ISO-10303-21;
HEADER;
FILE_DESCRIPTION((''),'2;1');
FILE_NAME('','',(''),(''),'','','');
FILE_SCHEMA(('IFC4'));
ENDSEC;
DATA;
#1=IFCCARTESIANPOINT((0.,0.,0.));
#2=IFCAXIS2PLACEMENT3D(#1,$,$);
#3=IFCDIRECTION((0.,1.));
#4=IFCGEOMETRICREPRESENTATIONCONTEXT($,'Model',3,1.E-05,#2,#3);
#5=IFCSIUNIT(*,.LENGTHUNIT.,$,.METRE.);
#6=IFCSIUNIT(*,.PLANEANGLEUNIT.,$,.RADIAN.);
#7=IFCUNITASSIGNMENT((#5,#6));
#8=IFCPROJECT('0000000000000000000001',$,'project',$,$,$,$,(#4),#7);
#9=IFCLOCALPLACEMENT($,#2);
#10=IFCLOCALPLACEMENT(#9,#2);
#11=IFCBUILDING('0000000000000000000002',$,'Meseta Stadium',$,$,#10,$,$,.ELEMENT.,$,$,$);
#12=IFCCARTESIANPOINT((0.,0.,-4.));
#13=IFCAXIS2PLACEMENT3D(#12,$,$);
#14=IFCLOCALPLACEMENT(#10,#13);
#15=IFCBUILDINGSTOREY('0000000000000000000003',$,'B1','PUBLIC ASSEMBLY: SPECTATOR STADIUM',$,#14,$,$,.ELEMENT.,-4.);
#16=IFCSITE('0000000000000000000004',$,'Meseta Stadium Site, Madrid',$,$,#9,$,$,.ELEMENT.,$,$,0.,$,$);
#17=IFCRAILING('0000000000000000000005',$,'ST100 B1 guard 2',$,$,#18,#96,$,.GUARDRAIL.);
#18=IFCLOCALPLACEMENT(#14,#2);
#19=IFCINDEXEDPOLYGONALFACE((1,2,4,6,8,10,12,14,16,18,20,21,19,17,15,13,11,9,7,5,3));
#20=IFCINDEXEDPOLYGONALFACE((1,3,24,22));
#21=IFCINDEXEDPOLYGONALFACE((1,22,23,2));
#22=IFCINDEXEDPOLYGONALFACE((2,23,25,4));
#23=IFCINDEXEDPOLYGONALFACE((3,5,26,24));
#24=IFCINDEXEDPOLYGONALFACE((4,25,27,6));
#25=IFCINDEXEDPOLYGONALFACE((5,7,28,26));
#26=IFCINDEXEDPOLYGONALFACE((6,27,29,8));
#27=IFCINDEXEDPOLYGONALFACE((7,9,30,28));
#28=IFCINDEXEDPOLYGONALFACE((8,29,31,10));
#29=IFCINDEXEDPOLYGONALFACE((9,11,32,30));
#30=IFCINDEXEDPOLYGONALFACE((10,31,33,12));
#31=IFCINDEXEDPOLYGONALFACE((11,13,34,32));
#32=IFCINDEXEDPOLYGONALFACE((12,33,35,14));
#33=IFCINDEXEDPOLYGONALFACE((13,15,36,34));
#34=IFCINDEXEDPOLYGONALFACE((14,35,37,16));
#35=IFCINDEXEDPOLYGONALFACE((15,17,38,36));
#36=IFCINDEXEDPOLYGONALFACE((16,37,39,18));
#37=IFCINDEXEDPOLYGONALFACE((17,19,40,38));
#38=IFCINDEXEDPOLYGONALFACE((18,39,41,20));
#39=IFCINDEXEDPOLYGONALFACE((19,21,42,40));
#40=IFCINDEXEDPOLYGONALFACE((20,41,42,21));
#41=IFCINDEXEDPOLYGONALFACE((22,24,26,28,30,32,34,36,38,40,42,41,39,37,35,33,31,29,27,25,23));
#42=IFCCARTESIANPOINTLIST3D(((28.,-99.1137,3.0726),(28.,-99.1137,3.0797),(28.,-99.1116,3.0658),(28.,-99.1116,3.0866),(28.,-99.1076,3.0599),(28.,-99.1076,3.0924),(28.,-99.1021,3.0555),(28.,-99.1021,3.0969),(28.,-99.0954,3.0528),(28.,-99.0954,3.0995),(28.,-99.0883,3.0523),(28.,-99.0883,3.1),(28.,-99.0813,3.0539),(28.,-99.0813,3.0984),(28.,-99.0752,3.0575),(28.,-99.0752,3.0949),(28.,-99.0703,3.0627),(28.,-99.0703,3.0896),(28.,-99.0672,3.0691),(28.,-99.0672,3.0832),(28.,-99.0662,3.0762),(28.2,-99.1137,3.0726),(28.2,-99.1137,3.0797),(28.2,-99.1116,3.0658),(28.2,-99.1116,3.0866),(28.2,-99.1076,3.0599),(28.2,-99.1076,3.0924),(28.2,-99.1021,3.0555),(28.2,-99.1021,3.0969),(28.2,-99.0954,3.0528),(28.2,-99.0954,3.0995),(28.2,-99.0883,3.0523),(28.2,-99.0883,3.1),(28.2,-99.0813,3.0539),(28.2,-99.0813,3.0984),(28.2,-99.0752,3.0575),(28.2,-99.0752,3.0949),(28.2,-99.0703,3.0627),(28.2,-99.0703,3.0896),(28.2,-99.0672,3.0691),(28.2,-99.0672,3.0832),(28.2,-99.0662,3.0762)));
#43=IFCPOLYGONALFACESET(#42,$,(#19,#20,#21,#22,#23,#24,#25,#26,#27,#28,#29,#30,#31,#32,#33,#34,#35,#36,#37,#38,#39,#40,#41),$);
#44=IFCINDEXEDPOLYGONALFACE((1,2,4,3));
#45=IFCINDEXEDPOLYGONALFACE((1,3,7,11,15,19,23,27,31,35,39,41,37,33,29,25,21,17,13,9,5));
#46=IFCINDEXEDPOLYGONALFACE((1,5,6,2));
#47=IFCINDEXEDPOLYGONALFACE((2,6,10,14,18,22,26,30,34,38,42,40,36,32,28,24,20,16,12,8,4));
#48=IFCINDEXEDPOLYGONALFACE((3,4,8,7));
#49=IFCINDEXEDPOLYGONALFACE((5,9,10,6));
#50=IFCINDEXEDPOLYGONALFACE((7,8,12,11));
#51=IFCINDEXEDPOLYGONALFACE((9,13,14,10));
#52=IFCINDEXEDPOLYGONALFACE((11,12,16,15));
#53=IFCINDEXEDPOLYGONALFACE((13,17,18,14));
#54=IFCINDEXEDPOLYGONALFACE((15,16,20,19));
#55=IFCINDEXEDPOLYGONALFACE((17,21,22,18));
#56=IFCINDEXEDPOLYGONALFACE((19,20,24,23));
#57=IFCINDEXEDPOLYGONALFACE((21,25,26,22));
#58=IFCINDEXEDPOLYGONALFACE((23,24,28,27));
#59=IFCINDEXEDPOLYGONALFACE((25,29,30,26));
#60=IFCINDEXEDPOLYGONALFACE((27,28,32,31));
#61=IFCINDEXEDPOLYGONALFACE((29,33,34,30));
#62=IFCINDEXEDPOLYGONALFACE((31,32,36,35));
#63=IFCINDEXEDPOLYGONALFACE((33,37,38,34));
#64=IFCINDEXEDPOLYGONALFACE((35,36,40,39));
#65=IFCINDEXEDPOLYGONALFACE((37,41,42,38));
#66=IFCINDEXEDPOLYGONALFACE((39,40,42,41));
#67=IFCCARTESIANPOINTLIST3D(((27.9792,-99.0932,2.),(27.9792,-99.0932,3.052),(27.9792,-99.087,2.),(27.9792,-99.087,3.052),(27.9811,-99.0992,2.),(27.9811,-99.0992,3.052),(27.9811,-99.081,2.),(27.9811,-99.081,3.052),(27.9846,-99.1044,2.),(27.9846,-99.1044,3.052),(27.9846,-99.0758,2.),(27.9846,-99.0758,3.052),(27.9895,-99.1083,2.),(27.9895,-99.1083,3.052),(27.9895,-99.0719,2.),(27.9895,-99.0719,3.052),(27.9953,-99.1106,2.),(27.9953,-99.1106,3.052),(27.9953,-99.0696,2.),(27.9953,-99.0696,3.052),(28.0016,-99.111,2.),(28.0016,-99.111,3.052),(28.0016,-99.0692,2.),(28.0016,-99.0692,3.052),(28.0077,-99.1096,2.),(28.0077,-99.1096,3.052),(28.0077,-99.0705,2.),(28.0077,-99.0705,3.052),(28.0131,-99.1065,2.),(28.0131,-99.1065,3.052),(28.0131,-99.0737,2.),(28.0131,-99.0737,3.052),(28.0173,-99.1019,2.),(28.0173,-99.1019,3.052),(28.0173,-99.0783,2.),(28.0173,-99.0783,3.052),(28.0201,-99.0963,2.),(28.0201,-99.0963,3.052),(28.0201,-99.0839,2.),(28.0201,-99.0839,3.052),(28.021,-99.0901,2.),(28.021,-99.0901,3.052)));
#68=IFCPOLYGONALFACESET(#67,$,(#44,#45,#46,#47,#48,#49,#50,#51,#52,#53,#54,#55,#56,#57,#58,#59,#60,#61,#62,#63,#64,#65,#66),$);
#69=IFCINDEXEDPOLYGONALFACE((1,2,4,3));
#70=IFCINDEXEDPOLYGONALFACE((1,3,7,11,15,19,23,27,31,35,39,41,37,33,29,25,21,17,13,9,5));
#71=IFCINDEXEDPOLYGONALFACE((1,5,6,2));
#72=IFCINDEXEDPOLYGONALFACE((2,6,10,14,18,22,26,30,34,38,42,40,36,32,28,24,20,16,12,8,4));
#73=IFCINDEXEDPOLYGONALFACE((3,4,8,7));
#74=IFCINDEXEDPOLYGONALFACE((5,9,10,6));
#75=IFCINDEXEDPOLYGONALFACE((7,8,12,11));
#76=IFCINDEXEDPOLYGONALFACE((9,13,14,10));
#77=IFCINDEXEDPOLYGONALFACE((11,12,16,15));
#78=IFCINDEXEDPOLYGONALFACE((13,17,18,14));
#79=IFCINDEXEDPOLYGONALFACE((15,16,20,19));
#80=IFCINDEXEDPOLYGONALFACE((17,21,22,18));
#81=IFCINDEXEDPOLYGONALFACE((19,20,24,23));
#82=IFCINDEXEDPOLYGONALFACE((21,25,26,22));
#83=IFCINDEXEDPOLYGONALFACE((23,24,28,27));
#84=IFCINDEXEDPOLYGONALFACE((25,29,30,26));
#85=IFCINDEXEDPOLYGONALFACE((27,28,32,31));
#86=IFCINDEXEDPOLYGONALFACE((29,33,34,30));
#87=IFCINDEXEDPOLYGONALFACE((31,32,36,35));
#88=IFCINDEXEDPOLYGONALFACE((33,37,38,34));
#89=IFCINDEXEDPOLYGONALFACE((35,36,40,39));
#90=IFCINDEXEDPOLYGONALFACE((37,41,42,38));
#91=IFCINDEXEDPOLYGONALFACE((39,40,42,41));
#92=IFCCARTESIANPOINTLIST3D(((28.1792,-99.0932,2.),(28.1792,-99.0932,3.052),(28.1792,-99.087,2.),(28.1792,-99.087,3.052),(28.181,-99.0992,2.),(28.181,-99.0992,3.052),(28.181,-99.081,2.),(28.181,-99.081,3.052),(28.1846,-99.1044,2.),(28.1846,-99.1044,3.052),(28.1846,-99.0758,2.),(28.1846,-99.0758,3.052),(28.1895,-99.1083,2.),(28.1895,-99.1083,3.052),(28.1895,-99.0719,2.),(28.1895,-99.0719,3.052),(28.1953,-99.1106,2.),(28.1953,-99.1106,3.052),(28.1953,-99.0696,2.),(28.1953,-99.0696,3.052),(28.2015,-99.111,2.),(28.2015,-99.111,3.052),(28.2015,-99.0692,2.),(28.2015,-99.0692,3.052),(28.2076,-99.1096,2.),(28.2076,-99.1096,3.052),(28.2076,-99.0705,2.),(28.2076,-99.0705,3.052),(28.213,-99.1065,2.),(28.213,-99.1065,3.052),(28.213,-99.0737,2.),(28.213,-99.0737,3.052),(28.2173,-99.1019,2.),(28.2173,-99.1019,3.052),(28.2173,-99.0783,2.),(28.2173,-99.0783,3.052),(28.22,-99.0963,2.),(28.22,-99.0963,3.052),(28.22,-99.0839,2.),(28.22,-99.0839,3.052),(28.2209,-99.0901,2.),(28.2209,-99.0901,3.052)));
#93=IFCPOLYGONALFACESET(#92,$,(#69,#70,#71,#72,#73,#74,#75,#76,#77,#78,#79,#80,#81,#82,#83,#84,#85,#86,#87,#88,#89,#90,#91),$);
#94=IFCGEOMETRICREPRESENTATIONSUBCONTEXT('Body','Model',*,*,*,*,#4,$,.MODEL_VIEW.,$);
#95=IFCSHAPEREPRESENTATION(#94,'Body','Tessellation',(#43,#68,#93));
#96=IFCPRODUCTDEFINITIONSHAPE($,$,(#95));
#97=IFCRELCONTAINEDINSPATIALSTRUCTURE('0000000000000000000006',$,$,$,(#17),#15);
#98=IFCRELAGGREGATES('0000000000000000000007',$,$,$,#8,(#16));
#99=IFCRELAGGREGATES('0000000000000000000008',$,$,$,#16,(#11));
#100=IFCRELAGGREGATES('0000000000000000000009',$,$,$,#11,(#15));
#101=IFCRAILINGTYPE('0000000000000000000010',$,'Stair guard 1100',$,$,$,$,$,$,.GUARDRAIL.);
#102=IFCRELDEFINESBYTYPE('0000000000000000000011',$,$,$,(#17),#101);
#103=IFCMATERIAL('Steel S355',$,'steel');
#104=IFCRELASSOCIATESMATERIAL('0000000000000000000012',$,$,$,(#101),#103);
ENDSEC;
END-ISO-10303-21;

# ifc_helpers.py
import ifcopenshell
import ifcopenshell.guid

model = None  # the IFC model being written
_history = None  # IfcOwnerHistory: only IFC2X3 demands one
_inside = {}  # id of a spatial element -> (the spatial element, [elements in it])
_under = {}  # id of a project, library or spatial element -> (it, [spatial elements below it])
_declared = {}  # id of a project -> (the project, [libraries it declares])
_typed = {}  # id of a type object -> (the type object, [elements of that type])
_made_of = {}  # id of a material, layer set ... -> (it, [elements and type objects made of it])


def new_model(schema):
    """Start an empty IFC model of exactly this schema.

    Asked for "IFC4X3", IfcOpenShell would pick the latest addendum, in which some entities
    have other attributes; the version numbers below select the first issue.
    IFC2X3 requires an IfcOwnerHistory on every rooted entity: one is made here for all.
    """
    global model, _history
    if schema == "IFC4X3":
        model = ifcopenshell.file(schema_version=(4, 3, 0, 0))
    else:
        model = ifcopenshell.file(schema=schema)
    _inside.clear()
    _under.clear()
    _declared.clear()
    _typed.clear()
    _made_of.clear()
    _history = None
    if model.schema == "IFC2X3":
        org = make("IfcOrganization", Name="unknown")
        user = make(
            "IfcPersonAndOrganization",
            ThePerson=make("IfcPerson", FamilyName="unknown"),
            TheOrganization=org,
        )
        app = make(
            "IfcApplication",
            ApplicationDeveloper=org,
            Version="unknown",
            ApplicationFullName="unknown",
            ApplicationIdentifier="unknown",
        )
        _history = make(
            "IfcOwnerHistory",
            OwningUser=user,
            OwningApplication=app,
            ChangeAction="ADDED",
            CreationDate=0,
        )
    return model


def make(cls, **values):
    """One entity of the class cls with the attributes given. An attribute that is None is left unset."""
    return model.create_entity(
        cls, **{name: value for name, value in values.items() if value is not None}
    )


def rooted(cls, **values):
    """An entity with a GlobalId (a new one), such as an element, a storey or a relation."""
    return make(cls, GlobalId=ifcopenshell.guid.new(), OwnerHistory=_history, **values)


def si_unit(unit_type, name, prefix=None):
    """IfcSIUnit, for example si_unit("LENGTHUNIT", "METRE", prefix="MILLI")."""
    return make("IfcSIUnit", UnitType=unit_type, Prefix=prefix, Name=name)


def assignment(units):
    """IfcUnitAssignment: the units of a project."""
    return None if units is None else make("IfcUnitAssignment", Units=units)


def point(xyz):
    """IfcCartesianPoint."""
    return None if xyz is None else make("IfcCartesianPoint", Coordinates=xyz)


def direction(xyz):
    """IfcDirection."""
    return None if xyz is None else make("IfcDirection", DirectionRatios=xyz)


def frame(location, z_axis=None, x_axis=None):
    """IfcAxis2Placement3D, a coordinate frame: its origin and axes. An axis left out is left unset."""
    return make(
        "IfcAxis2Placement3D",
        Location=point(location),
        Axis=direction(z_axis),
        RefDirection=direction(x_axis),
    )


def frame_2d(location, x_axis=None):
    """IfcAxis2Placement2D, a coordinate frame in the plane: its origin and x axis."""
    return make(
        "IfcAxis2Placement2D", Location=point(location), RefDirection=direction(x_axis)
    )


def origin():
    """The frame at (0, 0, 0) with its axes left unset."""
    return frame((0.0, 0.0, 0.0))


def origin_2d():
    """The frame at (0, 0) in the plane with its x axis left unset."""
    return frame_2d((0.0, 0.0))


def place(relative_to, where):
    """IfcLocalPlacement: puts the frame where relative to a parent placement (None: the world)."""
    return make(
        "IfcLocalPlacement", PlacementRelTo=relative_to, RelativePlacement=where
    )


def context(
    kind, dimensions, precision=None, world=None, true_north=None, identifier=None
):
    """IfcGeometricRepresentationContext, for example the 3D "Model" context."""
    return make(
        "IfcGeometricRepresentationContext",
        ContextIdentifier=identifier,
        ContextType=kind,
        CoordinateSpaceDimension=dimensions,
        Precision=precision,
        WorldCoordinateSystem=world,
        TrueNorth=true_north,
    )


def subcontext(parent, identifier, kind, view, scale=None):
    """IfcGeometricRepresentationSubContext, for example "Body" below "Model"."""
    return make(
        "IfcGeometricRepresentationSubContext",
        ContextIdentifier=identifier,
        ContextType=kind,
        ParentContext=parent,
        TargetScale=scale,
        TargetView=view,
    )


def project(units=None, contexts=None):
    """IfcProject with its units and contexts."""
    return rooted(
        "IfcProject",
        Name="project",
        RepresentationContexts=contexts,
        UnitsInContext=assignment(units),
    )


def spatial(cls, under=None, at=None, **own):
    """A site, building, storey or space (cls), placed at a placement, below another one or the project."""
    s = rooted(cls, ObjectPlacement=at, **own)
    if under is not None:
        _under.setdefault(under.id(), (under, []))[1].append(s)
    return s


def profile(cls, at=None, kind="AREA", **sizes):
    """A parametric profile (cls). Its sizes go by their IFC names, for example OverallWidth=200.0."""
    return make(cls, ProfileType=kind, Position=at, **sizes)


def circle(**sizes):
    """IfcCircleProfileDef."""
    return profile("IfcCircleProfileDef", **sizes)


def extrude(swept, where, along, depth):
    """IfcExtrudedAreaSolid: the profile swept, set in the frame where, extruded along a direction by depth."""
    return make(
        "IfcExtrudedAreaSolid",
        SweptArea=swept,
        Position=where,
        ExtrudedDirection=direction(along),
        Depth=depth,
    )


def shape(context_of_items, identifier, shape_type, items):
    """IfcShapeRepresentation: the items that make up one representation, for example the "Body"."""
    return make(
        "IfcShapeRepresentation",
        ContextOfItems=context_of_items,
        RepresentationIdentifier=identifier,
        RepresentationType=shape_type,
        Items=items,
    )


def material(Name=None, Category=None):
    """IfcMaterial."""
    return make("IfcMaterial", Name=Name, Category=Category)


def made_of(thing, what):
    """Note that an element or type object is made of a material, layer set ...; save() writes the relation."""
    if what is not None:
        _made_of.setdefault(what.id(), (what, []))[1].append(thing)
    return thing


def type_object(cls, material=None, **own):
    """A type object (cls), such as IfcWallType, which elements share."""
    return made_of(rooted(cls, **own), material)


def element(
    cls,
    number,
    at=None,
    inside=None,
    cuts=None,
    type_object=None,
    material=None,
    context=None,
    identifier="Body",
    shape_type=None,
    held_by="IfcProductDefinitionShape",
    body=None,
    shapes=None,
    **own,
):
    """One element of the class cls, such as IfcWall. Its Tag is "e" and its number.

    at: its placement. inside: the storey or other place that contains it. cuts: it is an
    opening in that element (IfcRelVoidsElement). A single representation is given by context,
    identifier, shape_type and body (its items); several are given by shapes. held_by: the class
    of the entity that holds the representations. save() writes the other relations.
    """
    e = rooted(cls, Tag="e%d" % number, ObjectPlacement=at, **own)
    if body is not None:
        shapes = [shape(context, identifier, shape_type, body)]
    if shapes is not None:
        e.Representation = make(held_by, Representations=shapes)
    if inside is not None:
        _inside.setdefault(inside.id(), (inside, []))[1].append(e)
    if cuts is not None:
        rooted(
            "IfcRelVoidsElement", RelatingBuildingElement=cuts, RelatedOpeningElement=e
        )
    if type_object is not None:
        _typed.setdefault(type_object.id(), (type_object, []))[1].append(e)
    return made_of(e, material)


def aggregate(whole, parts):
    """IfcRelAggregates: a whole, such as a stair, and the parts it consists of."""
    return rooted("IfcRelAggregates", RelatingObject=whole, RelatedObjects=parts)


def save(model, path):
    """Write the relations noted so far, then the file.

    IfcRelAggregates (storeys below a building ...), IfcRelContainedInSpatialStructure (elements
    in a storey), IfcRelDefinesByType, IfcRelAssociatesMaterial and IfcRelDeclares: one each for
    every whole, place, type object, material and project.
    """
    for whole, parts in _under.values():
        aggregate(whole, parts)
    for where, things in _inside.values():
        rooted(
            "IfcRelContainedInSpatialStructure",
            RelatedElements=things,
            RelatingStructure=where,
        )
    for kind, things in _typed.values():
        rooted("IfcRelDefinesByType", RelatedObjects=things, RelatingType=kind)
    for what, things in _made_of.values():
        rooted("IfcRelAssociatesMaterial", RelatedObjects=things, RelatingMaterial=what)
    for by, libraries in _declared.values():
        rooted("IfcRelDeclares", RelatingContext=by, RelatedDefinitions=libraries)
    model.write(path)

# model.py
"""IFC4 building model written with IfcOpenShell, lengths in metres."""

from ifc_helpers import new_model, si_unit, direction, frame, origin, origin_2d, place, context, subcontext, project, spatial, circle, extrude, material, type_object, element, save


model = new_model("IFC4")

# Units and contexts
model_context = context("Model", 3, precision=1e-05, world=origin(), true_north=direction((0.0, 1.0)))
body_context = subcontext(model_context, "Body", "Model", "MODEL_VIEW")
ifc_project = project(units=[si_unit("LENGTHUNIT", "METRE"), si_unit("PLANEANGLEUNIT", "RADIAN")], contexts=[model_context])

# Site, building, storey
site_placement = place(None, origin())
site = spatial("IfcSite", under=ifc_project, at=site_placement, Name="Meseta Stadium Site, Madrid", CompositionType="ELEMENT", RefElevation=0.0)
building_placement = place(site_placement, origin())
building = spatial("IfcBuilding", under=site, at=building_placement, Name="Meseta Stadium", CompositionType="ELEMENT")
storey_placement = place(building_placement, frame((0.0, 0.0, -4.0)))
storey = spatial("IfcBuildingStorey", under=building, at=storey_placement, Name="B1", Description="PUBLIC ASSEMBLY: SPECTATOR STADIUM", CompositionType="ELEMENT", Elevation=-4.0)

# Railing
ifc_material_1 = material(Name="Steel S355", Category="steel")
railing_type_1 = type_object("IfcRailingType", Name="Stair guard 1100", PredefinedType="GUARDRAIL", material=ifc_material_1)
railing_1_placement = place(storey_placement, frame((28.0, -99.0901, 2.0)))
element("IfcRailing", 1, at=railing_1_placement, inside=storey, type_object=railing_type_1, Name="ST100 B1 guard 2", PredefinedType="GUARDRAIL", context=body_context, shape_type="SweptSolid", body=[
    extrude(circle(Radius=0.0239, at=origin_2d()), frame((0.0, 0.0, 1.0762), z_axis=(1.0, 0.0, 0.0), x_axis=(0.0, 1.0, 0.0)), (0.0, 0.0, 1.0), 0.2),
    extrude(circle(Radius=0.021, at=origin_2d()), origin(), (0.0, 0.0, 1.0), 1.052),
    extrude(circle(Radius=0.021, at=origin_2d()), frame((0.2, 0.0, 0.0)), (0.0, 0.0, 1.0), 1.052),
])

save(model, "model.ifc")
